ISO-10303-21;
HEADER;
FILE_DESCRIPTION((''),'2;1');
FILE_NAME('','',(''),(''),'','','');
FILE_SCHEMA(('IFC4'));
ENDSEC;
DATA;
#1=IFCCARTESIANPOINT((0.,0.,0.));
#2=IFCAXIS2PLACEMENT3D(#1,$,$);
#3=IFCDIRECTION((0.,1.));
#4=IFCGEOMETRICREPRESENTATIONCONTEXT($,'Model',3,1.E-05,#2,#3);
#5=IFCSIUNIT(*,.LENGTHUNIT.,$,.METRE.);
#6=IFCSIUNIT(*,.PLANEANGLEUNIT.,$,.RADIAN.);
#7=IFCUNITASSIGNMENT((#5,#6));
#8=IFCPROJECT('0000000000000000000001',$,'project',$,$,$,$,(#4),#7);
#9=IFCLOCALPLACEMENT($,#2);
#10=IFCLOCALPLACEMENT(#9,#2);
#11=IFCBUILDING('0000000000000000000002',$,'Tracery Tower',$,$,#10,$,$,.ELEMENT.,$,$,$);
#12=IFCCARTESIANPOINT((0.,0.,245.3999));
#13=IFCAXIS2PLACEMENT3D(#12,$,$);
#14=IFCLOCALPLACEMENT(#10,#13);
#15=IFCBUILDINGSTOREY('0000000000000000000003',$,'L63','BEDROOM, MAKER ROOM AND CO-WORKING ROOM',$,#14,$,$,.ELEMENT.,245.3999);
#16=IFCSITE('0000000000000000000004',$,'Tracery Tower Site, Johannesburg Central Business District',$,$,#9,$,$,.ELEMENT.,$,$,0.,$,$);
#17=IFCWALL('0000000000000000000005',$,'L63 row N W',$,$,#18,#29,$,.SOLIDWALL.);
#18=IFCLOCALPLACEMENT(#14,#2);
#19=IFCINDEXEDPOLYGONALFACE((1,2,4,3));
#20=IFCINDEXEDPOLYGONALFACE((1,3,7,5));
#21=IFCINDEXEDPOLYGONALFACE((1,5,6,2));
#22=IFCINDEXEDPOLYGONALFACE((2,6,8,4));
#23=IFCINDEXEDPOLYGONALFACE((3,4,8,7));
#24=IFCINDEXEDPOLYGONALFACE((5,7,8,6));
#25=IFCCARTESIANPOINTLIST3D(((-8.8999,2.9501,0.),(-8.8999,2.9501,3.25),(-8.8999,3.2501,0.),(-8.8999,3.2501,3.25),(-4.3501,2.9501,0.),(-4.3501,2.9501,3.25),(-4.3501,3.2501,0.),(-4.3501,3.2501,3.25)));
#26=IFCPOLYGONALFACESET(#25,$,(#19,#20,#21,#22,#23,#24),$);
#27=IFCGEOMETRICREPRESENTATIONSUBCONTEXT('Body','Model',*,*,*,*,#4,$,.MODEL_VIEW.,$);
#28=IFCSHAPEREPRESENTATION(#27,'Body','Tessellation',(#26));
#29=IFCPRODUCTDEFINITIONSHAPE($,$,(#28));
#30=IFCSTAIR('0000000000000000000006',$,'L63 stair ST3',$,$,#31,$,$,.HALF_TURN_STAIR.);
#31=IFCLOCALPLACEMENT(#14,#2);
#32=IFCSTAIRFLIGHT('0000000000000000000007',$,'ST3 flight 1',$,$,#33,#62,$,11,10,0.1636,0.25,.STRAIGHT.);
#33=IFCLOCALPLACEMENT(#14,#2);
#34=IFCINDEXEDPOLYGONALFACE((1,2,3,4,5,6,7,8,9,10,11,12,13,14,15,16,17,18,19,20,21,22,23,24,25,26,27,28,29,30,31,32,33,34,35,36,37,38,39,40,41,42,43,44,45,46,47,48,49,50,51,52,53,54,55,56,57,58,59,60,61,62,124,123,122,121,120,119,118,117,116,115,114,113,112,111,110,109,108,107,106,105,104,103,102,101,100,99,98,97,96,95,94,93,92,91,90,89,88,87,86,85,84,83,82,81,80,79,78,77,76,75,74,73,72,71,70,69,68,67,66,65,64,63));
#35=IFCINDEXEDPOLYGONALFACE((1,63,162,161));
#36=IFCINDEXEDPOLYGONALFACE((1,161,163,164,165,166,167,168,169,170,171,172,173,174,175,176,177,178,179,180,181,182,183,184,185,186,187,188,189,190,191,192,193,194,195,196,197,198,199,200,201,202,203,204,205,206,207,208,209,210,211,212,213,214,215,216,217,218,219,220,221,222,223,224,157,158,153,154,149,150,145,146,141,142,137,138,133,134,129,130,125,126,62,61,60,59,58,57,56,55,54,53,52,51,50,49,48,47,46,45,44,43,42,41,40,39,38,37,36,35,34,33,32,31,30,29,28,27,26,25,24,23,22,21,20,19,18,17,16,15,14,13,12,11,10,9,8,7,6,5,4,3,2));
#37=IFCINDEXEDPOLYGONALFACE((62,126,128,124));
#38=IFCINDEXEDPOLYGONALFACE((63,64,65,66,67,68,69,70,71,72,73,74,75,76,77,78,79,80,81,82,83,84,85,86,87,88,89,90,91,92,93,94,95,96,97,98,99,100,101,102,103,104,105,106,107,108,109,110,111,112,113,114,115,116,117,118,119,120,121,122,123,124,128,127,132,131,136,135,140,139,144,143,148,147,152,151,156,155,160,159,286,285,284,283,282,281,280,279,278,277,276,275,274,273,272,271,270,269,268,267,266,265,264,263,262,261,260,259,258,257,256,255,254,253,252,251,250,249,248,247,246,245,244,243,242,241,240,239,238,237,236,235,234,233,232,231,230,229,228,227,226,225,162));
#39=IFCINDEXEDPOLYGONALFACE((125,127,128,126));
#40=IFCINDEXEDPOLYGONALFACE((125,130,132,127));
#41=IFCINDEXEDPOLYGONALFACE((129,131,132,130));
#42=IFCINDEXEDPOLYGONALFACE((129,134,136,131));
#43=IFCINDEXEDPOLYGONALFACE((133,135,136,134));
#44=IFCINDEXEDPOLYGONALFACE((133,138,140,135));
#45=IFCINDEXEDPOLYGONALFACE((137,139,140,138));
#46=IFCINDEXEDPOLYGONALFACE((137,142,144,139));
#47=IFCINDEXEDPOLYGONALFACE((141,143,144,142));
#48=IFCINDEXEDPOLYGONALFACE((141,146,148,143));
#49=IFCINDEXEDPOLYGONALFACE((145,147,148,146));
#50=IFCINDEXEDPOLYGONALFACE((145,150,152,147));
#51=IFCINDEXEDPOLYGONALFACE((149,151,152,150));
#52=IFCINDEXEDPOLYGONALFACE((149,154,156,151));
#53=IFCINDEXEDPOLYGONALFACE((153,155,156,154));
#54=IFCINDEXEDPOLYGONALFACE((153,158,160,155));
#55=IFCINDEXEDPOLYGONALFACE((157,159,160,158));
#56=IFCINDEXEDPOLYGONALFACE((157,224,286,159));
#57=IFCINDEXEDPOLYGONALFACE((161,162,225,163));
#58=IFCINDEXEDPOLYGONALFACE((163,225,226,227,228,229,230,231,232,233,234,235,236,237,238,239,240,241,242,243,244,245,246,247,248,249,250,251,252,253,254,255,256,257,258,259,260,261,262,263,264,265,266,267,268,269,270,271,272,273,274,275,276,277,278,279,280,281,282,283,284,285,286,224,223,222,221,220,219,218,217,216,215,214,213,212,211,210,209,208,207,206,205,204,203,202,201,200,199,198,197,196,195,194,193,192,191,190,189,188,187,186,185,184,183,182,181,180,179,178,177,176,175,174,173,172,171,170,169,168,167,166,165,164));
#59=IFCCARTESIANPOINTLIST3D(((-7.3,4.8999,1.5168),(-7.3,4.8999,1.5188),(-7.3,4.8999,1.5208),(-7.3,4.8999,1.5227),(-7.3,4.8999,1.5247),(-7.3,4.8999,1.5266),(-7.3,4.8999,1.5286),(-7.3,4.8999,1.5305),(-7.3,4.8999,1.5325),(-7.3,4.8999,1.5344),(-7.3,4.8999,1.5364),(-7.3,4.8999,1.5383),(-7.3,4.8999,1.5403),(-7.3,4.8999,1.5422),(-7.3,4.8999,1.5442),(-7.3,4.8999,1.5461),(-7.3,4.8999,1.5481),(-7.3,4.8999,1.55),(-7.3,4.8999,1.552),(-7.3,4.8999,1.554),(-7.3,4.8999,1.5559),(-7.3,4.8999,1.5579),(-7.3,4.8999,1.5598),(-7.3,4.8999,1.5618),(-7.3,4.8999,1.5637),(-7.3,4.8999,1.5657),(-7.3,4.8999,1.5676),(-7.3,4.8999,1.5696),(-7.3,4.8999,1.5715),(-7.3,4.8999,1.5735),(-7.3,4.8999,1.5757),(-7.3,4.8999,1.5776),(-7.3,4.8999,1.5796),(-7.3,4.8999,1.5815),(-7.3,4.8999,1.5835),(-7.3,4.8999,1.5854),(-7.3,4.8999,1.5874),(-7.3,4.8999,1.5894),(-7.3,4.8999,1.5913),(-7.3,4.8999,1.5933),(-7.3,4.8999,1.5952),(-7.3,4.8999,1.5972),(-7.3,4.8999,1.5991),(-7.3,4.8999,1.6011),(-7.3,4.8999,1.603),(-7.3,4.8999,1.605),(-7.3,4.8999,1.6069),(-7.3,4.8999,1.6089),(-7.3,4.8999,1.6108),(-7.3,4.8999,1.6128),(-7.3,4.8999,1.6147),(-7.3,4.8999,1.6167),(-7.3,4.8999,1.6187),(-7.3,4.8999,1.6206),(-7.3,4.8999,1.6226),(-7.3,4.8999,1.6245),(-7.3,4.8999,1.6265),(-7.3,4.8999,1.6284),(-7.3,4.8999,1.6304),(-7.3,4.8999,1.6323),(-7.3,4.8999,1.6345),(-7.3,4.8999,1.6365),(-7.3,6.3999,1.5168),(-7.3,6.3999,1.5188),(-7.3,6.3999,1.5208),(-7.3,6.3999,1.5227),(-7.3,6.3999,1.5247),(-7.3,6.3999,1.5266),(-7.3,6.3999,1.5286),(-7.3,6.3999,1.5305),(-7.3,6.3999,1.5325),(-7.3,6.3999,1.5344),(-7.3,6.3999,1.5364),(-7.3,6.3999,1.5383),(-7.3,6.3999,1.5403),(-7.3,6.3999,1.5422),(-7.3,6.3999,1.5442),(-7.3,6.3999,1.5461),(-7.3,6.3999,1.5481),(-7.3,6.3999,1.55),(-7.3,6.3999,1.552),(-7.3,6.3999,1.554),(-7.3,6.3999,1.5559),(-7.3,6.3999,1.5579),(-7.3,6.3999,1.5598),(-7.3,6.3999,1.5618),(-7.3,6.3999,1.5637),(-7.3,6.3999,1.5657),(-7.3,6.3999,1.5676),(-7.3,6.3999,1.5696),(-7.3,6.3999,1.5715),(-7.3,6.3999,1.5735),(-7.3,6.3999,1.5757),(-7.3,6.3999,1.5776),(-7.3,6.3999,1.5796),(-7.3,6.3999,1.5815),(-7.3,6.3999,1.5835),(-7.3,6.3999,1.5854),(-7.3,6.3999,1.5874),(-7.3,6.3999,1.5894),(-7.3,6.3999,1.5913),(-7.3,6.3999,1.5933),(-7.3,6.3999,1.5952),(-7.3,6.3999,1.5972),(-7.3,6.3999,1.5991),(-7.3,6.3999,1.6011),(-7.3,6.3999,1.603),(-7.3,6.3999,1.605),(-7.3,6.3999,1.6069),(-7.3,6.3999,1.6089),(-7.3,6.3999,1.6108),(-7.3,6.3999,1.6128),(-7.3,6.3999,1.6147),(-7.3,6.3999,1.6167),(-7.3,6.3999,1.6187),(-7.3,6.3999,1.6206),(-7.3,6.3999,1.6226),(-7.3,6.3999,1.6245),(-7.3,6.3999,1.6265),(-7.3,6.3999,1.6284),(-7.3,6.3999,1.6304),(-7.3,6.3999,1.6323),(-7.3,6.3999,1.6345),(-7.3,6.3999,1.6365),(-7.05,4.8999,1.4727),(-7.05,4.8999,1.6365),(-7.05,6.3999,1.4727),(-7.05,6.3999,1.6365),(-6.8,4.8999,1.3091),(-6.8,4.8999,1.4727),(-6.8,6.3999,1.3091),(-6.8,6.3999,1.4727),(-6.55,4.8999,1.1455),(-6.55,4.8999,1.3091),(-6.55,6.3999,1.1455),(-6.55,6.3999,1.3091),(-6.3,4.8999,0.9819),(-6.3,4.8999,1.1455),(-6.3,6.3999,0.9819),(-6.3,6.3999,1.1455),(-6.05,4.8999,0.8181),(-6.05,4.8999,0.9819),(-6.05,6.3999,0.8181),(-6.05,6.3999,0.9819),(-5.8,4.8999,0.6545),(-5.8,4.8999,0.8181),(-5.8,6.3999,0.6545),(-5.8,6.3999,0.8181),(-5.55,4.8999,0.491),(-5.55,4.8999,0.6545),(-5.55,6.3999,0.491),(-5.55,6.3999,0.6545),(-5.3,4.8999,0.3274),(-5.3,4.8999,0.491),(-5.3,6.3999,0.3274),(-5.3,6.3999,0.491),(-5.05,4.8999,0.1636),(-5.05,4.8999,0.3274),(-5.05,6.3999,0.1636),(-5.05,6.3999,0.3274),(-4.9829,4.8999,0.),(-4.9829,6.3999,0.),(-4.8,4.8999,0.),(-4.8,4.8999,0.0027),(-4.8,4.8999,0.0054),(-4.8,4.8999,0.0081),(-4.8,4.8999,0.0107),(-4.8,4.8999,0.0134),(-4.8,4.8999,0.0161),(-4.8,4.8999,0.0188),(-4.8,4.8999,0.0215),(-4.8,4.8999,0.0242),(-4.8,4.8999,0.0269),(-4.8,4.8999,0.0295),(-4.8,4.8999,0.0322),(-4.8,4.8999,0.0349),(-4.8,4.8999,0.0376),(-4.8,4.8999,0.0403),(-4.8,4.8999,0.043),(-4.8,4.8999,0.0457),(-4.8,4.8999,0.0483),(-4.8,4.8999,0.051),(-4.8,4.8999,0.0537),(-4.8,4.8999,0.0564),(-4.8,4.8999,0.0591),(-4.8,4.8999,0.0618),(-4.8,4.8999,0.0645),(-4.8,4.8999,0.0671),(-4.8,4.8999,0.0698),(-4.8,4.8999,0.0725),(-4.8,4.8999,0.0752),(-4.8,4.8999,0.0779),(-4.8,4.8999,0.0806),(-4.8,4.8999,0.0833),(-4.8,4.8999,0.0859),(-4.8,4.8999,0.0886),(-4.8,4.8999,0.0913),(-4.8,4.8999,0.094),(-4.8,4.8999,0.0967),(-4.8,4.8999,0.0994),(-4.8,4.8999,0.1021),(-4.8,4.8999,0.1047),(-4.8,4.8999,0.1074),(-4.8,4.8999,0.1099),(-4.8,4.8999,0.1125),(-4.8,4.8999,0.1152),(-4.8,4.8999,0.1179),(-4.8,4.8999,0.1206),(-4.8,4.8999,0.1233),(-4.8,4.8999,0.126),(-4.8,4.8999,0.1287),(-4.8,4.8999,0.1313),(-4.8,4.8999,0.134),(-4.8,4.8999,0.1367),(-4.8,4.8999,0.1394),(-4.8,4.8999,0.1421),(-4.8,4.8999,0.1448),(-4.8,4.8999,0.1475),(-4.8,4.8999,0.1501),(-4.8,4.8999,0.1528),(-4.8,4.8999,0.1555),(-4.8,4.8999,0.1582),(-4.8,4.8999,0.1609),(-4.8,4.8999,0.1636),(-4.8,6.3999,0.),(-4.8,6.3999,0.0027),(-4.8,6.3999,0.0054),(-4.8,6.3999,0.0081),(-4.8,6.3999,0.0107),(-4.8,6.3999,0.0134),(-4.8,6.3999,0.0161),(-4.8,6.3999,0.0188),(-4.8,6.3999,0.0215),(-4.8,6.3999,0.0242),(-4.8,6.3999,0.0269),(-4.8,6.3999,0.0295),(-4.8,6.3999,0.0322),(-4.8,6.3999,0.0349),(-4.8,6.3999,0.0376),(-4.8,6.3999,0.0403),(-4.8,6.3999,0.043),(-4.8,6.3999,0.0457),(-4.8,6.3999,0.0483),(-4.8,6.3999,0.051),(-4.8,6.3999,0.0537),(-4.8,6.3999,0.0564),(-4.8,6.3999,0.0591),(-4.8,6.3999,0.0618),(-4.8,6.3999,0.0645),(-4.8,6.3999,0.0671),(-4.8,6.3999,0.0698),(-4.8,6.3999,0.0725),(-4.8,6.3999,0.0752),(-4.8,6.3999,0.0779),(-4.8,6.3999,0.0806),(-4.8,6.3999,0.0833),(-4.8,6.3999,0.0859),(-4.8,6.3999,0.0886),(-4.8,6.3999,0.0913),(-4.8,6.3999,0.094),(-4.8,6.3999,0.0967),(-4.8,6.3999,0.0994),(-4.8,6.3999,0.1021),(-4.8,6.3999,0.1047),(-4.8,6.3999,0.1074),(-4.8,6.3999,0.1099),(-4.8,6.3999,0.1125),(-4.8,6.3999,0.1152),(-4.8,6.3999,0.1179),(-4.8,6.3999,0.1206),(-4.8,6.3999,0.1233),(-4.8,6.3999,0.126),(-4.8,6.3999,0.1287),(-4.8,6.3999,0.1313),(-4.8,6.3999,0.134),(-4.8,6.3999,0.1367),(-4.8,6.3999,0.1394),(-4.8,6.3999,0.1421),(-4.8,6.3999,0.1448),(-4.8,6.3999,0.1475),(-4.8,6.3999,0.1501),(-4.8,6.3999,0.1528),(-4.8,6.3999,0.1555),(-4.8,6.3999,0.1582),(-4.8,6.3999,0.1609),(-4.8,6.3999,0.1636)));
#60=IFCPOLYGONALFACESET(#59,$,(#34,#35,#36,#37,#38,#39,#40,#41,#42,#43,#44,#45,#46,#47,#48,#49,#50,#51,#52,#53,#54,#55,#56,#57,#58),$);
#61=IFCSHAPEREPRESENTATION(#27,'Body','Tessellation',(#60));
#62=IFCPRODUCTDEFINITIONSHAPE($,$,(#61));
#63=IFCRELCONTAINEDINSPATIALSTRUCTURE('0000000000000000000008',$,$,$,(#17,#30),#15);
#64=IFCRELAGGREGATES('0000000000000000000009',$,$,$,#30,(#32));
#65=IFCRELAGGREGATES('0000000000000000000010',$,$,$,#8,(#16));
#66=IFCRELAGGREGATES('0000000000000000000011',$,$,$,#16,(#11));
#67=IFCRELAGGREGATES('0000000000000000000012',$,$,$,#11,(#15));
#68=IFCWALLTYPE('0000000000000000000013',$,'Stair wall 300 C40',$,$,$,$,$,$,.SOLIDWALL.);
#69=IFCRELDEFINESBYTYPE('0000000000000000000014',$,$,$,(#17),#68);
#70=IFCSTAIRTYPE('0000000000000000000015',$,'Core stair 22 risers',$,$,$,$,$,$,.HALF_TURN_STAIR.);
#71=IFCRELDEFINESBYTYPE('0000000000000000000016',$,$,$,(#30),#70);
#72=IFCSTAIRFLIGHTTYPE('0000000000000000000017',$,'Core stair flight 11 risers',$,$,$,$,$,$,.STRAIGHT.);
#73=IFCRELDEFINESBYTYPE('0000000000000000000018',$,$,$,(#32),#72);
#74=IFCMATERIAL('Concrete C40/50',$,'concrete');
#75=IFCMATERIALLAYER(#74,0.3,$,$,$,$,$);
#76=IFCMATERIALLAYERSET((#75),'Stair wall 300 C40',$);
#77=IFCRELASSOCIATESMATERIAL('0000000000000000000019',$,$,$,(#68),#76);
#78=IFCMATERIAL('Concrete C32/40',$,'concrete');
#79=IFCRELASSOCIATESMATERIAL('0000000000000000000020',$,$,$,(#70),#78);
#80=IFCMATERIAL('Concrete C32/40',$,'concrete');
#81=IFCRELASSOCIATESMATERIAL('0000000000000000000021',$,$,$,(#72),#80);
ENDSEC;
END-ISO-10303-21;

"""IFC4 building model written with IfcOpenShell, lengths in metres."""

from ifc_helpers import new_model, si_unit, direction, frame, frame_2d, origin, place, context, subcontext, project, spatial, polyline, rectangle, outline, extrude, material, layer, layer_set, type_object, element, aggregate, save


model = new_model("IFC4")

# Units and contexts
model_context = context("Model", 3, precision=1e-05, world=origin(), true_north=direction((0.0, 1.0)))
body_context = subcontext(model_context, "Body", "Model", "MODEL_VIEW")
ifc_project = project(units=[si_unit("LENGTHUNIT", "METRE"), si_unit("PLANEANGLEUNIT", "RADIAN")], contexts=[model_context])

# Site, building, storey
site_placement = place(None, origin())
site = spatial("IfcSite", under=ifc_project, at=site_placement, Name="Tracery Tower Site, Johannesburg Central Business District", CompositionType="ELEMENT", RefElevation=0.0)
building_placement = place(site_placement, origin())
building = spatial("IfcBuilding", under=site, at=building_placement, Name="Tracery Tower", CompositionType="ELEMENT")
storey_placement = place(building_placement, frame((0.0, 0.0, 245.3999)))
storey = spatial("IfcBuildingStorey", under=building, at=storey_placement, Name="L63", Description="BEDROOM, MAKER ROOM AND CO-WORKING ROOM", CompositionType="ELEMENT", Elevation=245.3999)

# Wall
ifc_material_1 = material(Name="Concrete C40/50", Category="concrete")
ifc_layer_1 = layer(ifc_material_1, 0.3)
ifc_layer_set_1 = layer_set([ifc_layer_1], Name="Stair wall 300 C40")
wall_type_1 = type_object("IfcWallType", Name="Stair wall 300 C40", PredefinedType="SOLIDWALL", material=ifc_layer_set_1)
wall_1_placement = place(storey_placement, frame((-8.8999, 3.1001, 0.0), z_axis=(0.0, 0.0, 1.0), x_axis=(1.0, 0.0, 0.0)))
element("IfcWall", 1, at=wall_1_placement, inside=storey, type_object=wall_type_1, Name="L63 row N W", PredefinedType="SOLIDWALL", context=body_context, shape_type="SweptSolid", body=[
    extrude(rectangle(XDim=4.5498, YDim=0.3, at=frame_2d((2.2749, 0.0))), origin(), (0.0, 0.0, 1.0), 3.25),
])

# Stair, stair flight
ifc_material_2 = material(Name="Concrete C32/40", Category="concrete")
stair_type = type_object("IfcStairType", Name="Core stair 22 risers", PredefinedType="HALF_TURN_STAIR", material=ifc_material_2)
stair_placement = place(storey_placement, origin())
stair = element("IfcStair", 2, at=stair_placement, inside=storey, type_object=stair_type, Name="L63 stair ST3", PredefinedType="HALF_TURN_STAIR")
ifc_material_3 = material(Name="Concrete C32/40", Category="concrete")
stair_flight_type = type_object("IfcStairFlightType", Name="Core stair flight 11 risers", PredefinedType="STRAIGHT", material=ifc_material_3)
stair_flight_1_placement = place(storey_placement, frame((-4.8, 5.6499, 0.0), z_axis=(0.0, 0.0, 1.0), x_axis=(-1.0, 0.0, 0.0)))
stair_flight_1 = element("IfcStairFlight", 3, at=stair_flight_1_placement, type_object=stair_flight_type, Name="ST3 flight 1", NumberOfRisers=11, NumberOfTreads=10, PredefinedType="STRAIGHT", RiserHeight=0.1636, TreadLength=0.25, context=body_context, shape_type="SweptSolid", body=[
    extrude(outline(polyline([(0.0, 0.0), (0.0, 0.0027), (0.0, 0.0054), (0.0, 0.0081), (0.0, 0.0107), (0.0, 0.0134), (0.0, 0.0161), (0.0, 0.0188), (0.0, 0.0215), (0.0, 0.0242), (0.0, 0.0269), (0.0, 0.0295), (0.0, 0.0322), (0.0, 0.0349), (0.0, 0.0376), (0.0, 0.0403), (0.0, 0.043), (0.0, 0.0457), (0.0, 0.0483), (0.0, 0.051), (0.0, 0.0537), (0.0, 0.0564), (0.0, 0.0591), (0.0, 0.0618), (0.0, 0.0645), (0.0, 0.0671), (0.0, 0.0698), (0.0, 0.0725), (0.0, 0.0752), (0.0, 0.0779), (0.0, 0.0806), (0.0, 0.0833), (0.0, 0.0859), (0.0, 0.0886), (0.0, 0.0913), (0.0, 0.094), (0.0, 0.0967), (0.0, 0.0994), (0.0, 0.1021), (0.0, 0.1047), (0.0, 0.1074), (0.0, 0.1099), (0.0, 0.1125), (0.0, 0.1152), (0.0, 0.1179), (0.0, 0.1206), (0.0, 0.1233), (0.0, 0.126), (0.0, 0.1287), (0.0, 0.1313), (0.0, 0.134), (0.0, 0.1367), (0.0, 0.1394), (0.0, 0.1421), (0.0, 0.1448), (0.0, 0.1475), (0.0, 0.1501), (0.0, 0.1528), (0.0, 0.1555), (0.0, 0.1582), (0.0, 0.1609), (0.0, 0.1636), (0.25, 0.1636), (0.25, 0.3274), (0.5, 0.3274), (0.5, 0.491), (0.75, 0.491), (0.75, 0.6545), (1.0, 0.6545), (1.0, 0.8181), (1.25, 0.8181), (1.25, 0.9819), (1.5, 0.9819), (1.5, 1.1455), (1.75, 1.1455), (1.75, 1.3091), (2.0, 1.3091), (2.0, 1.4727), (2.25, 1.4727), (2.25, 1.6365), (2.5, 1.6365), (2.5, 1.6345), (2.5, 1.6323), (2.5, 1.6304), (2.5, 1.6284), (2.5, 1.6265), (2.5, 1.6245), (2.5, 1.6226), (2.5, 1.6206), (2.5, 1.6187), (2.5, 1.6167), (2.5, 1.6147), (2.5, 1.6128), (2.5, 1.6108), (2.5, 1.6089), (2.5, 1.6069), (2.5, 1.605), (2.5, 1.603), (2.5, 1.6011), (2.5, 1.5991), (2.5, 1.5972), (2.5, 1.5952), (2.5, 1.5933), (2.5, 1.5913), (2.5, 1.5894), (2.5, 1.5874), (2.5, 1.5854), (2.5, 1.5835), (2.5, 1.5815), (2.5, 1.5796), (2.5, 1.5776), (2.5, 1.5757), (2.5, 1.5735), (2.5, 1.5715), (2.5, 1.5696), (2.5, 1.5676), (2.5, 1.5657), (2.5, 1.5637), (2.5, 1.5618), (2.5, 1.5598), (2.5, 1.5579), (2.5, 1.5559), (2.5, 1.554), (2.5, 1.552), (2.5, 1.55), (2.5, 1.5481), (2.5, 1.5461), (2.5, 1.5442), (2.5, 1.5422), (2.5, 1.5403), (2.5, 1.5383), (2.5, 1.5364), (2.5, 1.5344), (2.5, 1.5325), (2.5, 1.5305), (2.5, 1.5286), (2.5, 1.5266), (2.5, 1.5247), (2.5, 1.5227), (2.5, 1.5208), (2.5, 1.5188), (2.5, 1.5168), (0.1829, 0.0), (0.0, 0.0)])), frame((0.0, 0.75, 0.0), z_axis=(0.0, -1.0, 0.0), x_axis=(1.0, 0.0, 0.0)), (0.0, 0.0, 1.0), 1.5),
])
aggregate(stair, [stair_flight_1])

save(model, "model.ifc")
